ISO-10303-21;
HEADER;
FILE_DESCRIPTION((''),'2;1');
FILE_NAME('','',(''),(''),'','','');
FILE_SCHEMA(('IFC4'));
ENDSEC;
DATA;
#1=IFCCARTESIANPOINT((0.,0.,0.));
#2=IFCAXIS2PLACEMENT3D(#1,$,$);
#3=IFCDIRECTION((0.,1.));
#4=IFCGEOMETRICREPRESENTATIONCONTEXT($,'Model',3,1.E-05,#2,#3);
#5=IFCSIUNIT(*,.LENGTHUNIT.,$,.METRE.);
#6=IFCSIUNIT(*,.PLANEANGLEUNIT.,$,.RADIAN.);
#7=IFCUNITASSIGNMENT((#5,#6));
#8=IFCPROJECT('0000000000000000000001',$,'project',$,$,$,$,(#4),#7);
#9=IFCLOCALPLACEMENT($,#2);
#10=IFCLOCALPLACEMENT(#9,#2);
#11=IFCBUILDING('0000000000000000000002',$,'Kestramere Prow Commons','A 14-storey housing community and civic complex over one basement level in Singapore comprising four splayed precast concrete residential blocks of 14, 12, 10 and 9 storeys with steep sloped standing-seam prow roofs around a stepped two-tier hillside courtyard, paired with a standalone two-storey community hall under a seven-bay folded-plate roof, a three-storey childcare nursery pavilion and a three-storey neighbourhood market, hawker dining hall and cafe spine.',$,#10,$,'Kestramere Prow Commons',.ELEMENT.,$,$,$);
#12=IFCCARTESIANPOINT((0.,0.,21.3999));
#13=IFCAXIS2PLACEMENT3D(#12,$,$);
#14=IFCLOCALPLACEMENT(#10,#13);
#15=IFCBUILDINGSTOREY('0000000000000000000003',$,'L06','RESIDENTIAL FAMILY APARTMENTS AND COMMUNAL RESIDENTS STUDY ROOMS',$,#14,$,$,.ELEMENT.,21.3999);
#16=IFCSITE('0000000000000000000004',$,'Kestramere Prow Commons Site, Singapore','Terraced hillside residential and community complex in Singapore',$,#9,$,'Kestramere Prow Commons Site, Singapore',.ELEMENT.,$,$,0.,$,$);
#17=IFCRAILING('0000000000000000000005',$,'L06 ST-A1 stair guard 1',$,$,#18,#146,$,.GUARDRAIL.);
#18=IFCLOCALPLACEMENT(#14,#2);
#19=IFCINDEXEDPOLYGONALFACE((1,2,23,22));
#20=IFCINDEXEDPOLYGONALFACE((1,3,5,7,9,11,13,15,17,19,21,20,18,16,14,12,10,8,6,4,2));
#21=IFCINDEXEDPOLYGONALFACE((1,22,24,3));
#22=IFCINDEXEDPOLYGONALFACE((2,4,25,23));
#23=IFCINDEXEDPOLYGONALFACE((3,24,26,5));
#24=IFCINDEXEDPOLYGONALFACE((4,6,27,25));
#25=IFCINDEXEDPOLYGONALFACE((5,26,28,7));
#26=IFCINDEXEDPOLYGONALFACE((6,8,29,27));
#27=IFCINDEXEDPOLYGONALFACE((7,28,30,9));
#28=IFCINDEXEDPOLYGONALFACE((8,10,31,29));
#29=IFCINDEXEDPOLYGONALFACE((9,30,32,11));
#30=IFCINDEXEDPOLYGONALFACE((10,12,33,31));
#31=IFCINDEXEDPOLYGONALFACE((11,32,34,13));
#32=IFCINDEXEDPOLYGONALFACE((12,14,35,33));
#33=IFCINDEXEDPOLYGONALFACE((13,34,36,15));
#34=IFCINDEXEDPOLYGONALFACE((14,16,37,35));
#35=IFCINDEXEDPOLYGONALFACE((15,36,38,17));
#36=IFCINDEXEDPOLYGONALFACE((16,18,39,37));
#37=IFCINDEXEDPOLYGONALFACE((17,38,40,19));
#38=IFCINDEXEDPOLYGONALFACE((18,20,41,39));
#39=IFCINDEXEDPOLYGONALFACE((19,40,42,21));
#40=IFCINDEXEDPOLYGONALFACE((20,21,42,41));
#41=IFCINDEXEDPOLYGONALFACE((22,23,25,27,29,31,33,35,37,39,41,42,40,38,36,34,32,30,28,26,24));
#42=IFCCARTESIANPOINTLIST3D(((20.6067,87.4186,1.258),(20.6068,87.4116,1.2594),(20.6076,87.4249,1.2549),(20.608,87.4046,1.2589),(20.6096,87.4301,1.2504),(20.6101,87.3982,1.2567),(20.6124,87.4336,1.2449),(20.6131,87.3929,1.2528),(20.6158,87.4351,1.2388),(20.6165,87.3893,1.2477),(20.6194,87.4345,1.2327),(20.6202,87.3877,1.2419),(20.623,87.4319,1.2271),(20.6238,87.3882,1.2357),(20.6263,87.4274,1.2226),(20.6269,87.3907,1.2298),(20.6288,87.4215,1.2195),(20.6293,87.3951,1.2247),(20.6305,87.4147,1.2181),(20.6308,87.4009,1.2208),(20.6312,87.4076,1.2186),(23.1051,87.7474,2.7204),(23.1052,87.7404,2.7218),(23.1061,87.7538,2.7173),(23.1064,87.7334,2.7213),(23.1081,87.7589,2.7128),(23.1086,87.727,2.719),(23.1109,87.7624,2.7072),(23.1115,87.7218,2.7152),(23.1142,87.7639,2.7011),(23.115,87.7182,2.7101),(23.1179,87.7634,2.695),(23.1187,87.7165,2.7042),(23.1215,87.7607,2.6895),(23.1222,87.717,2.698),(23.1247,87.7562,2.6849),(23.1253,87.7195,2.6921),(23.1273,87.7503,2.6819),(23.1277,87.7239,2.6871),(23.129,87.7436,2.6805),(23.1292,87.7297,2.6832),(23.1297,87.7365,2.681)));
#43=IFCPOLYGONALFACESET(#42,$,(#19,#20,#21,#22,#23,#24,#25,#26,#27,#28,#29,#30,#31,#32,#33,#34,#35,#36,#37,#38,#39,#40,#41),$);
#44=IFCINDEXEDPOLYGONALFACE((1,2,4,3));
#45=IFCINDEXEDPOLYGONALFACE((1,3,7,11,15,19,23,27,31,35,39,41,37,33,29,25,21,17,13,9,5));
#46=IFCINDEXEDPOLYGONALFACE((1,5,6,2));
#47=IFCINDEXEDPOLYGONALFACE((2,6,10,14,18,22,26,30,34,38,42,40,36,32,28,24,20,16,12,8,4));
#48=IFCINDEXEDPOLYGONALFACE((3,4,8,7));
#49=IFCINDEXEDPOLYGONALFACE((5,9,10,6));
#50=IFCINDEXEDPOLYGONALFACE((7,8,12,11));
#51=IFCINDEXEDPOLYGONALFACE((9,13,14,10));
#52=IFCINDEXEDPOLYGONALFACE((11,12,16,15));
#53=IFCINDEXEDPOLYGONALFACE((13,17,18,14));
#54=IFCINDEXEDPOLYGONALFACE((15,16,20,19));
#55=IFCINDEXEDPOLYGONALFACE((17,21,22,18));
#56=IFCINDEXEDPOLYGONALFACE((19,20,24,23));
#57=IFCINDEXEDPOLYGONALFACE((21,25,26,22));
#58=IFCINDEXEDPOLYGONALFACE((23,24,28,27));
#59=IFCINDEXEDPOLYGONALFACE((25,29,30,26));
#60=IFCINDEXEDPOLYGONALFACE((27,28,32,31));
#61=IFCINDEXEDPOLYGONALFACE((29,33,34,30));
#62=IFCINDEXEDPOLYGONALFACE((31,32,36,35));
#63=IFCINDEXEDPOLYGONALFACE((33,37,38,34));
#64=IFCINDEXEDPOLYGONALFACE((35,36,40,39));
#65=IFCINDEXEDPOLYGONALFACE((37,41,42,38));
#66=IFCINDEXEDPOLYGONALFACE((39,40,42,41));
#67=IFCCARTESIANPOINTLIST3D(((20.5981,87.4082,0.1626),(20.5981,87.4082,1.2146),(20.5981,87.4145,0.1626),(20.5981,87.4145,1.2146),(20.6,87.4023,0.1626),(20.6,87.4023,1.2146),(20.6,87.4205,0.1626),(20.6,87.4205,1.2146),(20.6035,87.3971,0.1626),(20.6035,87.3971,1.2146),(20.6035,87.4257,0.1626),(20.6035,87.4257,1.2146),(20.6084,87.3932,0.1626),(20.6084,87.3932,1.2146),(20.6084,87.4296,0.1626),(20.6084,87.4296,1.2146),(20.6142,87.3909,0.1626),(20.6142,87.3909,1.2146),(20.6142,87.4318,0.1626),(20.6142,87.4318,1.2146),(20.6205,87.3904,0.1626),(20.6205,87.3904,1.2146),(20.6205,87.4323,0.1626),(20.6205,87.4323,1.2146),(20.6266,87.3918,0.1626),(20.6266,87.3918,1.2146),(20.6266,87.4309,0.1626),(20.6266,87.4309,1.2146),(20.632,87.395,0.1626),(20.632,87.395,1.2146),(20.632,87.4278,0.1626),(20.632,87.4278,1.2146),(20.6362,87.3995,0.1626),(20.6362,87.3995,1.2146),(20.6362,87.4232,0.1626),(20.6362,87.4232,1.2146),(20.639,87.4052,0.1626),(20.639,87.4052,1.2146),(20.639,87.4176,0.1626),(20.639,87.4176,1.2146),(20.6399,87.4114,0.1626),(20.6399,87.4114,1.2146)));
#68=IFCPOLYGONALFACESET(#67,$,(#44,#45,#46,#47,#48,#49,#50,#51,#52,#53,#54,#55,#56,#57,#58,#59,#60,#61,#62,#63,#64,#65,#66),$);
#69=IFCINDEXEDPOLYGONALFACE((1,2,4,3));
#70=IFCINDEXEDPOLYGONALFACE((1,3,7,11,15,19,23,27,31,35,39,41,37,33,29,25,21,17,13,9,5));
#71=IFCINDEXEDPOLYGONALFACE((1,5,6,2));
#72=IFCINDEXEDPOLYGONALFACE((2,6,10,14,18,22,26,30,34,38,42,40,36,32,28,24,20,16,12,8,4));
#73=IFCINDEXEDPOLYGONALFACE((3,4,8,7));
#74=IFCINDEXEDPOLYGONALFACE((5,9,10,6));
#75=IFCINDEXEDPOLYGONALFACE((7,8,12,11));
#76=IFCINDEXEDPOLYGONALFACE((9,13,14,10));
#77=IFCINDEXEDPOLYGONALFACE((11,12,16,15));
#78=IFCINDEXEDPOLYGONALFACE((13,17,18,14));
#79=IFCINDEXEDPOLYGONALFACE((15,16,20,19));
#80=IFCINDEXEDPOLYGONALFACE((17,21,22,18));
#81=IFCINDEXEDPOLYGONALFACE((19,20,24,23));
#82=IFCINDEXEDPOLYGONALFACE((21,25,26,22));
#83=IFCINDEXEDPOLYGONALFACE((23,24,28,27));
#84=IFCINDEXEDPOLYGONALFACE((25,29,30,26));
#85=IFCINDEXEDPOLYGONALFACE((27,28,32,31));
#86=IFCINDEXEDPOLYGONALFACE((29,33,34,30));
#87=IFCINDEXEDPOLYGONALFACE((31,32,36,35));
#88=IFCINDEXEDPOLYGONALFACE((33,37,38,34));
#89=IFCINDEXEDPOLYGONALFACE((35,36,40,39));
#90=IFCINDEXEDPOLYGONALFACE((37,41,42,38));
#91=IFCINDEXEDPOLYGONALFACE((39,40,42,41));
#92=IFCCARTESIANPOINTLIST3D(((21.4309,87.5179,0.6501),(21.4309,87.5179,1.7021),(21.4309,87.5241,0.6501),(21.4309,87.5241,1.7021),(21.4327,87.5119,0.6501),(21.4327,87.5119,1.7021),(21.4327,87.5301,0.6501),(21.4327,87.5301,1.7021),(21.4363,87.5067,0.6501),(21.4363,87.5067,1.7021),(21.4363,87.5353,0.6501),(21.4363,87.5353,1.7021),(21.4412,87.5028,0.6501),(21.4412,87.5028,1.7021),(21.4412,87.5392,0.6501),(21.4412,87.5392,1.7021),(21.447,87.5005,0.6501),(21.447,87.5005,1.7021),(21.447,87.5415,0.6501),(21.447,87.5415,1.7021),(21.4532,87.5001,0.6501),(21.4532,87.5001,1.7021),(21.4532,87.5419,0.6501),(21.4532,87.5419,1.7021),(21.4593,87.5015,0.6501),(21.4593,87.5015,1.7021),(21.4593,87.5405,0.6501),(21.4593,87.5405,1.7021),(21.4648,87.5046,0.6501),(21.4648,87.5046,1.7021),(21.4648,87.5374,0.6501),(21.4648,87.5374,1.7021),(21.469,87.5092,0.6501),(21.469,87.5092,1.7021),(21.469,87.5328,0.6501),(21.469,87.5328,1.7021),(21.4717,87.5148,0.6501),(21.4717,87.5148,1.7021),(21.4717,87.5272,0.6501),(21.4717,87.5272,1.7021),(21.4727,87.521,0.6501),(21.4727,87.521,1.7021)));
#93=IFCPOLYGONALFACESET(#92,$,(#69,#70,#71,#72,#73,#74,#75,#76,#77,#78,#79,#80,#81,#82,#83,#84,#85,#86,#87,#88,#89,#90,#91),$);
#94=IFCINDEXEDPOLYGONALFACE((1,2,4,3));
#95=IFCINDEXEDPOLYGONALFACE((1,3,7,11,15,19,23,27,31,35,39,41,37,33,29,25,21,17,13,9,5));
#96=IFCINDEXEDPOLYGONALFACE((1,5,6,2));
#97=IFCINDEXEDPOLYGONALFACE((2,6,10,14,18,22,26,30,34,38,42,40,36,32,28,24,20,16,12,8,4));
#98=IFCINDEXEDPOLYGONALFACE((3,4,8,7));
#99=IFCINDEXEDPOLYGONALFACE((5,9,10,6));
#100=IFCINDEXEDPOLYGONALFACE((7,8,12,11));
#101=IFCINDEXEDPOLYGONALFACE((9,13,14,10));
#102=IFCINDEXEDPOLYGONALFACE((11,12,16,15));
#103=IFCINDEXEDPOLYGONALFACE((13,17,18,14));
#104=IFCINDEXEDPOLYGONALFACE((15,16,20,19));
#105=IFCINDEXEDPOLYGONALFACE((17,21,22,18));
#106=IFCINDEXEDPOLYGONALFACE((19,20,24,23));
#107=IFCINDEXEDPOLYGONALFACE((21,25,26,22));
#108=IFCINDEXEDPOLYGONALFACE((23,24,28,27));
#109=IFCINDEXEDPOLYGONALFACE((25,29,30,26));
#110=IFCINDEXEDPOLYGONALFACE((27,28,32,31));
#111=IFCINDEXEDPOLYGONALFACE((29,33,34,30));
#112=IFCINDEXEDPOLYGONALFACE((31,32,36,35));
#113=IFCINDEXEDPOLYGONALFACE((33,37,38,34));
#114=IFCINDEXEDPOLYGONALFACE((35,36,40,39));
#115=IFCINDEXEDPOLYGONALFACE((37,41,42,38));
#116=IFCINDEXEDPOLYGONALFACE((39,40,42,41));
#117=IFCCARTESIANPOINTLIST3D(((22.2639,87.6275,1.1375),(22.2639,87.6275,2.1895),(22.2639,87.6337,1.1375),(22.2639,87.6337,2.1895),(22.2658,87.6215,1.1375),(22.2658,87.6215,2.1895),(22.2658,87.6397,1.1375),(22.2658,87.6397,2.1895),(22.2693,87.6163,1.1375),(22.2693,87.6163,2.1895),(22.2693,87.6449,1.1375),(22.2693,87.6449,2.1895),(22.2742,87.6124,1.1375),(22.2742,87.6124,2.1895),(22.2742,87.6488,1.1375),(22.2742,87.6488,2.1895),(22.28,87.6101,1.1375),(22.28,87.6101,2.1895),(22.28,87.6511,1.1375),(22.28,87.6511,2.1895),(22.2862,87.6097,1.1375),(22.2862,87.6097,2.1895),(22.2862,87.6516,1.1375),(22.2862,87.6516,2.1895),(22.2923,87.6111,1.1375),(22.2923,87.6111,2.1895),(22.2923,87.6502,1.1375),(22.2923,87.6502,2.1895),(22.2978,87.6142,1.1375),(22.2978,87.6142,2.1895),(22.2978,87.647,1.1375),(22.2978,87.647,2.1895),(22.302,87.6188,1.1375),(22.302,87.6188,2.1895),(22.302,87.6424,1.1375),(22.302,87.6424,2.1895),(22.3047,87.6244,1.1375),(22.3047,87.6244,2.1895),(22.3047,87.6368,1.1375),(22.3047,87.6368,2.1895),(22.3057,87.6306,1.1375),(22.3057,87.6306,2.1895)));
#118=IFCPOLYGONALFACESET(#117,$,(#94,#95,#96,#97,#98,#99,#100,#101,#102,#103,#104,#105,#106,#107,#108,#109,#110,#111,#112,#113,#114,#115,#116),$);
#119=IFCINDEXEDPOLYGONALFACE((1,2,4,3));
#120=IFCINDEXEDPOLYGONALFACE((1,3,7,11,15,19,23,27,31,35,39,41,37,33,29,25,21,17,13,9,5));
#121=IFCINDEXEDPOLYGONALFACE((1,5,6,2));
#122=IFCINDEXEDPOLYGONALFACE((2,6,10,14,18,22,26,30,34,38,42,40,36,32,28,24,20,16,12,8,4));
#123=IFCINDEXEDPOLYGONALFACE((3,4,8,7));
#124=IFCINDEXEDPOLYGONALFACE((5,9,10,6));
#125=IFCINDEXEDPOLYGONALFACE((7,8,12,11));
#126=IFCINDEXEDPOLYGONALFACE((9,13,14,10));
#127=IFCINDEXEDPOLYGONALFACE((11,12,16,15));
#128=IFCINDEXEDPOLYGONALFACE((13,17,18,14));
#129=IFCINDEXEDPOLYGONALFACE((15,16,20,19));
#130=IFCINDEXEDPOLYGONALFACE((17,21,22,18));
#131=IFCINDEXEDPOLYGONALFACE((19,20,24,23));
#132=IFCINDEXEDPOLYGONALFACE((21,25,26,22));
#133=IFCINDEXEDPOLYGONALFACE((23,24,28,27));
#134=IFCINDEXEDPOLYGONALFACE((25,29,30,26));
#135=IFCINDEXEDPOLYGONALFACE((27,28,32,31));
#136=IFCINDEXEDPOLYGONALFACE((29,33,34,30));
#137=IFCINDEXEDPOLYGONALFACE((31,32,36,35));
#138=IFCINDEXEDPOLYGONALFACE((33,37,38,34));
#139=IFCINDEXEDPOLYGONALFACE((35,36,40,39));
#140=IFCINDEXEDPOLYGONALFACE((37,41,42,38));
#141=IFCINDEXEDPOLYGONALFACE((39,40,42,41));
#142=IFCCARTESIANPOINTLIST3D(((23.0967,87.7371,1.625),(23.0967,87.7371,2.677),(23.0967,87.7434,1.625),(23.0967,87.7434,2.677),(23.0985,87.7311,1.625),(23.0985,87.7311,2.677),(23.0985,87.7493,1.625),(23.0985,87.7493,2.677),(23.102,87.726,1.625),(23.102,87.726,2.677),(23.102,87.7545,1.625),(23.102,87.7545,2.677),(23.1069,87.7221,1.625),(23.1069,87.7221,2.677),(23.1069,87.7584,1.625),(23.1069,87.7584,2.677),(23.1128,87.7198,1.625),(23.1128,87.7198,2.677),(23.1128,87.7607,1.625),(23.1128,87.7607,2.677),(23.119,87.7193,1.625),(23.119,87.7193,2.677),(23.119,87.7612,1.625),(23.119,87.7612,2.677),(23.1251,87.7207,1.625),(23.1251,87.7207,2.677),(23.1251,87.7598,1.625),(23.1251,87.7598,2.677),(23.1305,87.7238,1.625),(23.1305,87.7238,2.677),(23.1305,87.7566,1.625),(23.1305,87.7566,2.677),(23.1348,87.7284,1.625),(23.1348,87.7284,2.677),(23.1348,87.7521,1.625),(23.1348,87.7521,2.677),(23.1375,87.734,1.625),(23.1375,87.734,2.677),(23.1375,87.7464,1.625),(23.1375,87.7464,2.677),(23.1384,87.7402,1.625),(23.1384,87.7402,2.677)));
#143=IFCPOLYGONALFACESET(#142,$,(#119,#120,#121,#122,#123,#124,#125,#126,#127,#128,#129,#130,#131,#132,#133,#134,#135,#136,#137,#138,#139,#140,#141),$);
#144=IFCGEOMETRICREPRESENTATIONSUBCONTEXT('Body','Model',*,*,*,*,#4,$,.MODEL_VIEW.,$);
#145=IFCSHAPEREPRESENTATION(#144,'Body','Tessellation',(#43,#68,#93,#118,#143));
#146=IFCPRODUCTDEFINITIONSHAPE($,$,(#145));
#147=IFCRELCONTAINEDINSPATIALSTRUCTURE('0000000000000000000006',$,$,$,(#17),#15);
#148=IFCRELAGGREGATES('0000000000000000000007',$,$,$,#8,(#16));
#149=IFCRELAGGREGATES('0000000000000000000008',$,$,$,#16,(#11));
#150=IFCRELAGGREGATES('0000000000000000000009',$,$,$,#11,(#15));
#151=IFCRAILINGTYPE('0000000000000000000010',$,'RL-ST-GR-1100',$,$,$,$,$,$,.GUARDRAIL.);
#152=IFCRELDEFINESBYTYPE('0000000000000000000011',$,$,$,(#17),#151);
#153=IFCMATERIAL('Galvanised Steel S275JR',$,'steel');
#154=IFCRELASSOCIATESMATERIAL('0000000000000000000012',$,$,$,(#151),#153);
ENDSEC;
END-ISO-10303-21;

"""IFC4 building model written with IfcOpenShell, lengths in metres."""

from ifc_helpers import new_model, si_unit, direction, frame, origin, origin_2d, place, context, subcontext, project, spatial, circle, extrude, material, type_object, element, save


model = new_model("IFC4")

# Units and contexts
model_context = context("Model", 3, precision=1e-05, world=origin(), true_north=direction((0.0, 1.0)))
body_context = subcontext(model_context, "Body", "Model", "MODEL_VIEW")
ifc_project = project(units=[si_unit("LENGTHUNIT", "METRE"), si_unit("PLANEANGLEUNIT", "RADIAN")], contexts=[model_context])

# Site, building, storey
site_placement = place(None, origin())
site = spatial("IfcSite", under=ifc_project, at=site_placement, Name="Kestramere Prow Commons Site, Singapore", Description="Terraced hillside residential and community complex in Singapore", LongName="Kestramere Prow Commons Site, Singapore", CompositionType="ELEMENT", RefElevation=0.0)
building_placement = place(site_placement, origin())
building = spatial("IfcBuilding", under=site, at=building_placement, Name="Kestramere Prow Commons", Description="A 14-storey housing community and civic complex over one basement level in Singapore comprising four splayed precast concrete residential blocks of 14, 12, 10 and 9 storeys with steep sloped standing-seam prow roofs around a stepped two-tier hillside courtyard, paired with a standalone two-storey community hall under a seven-bay folded-plate roof, a three-storey childcare nursery pavilion and a three-storey neighbourhood market, hawker dining hall and cafe spine.", LongName="Kestramere Prow Commons", CompositionType="ELEMENT")
storey_placement = place(building_placement, frame((0.0, 0.0, 21.3999)))
storey = spatial("IfcBuildingStorey", under=building, at=storey_placement, Name="L06", Description="RESIDENTIAL FAMILY APARTMENTS AND COMMUNAL RESIDENTS STUDY ROOMS", CompositionType="ELEMENT", Elevation=21.3999)

# Railing
ifc_material_1 = material(Name="Galvanised Steel S275JR", Category="steel")
railing_type_1 = type_object("IfcRailingType", Name="RL-ST-GR-1100", PredefinedType="GUARDRAIL", material=ifc_material_1)
railing_1_placement = place(storey_placement, frame((20.6189, 87.4114, 0.1626)))
element("IfcRailing", 1, at=railing_1_placement, inside=storey, type_object=railing_type_1, Name="L06 ST-A1 stair guard 1", PredefinedType="GUARDRAIL", context=body_context, shape_type="SweptSolid", body=[
    extrude(circle(Radius=0.0239, at=origin_2d()), frame((0.0, 0.0, 1.0762), z_axis=(0.857523, 0.112867, 0.501912), x_axis=(-0.130495, 0.991449, 0.0)), (0.0, 0.0, 1.0), 2.9136),
    extrude(circle(Radius=0.021, at=origin_2d()), origin(), (0.0, 0.0, 1.0), 1.052),
    extrude(circle(Radius=0.021, at=origin_2d()), frame((0.8328, 0.1096, 0.4875)), (0.0, 0.0, 1.0), 1.052),
    extrude(circle(Radius=0.021, at=origin_2d()), frame((1.6658, 0.2192, 0.9749)), (0.0, 0.0, 1.0), 1.052),
    extrude(circle(Radius=0.021, at=origin_2d()), frame((2.4985, 0.3289, 1.4624)), (0.0, 0.0, 1.0), 1.052),
])

save(model, "model.ifc")
